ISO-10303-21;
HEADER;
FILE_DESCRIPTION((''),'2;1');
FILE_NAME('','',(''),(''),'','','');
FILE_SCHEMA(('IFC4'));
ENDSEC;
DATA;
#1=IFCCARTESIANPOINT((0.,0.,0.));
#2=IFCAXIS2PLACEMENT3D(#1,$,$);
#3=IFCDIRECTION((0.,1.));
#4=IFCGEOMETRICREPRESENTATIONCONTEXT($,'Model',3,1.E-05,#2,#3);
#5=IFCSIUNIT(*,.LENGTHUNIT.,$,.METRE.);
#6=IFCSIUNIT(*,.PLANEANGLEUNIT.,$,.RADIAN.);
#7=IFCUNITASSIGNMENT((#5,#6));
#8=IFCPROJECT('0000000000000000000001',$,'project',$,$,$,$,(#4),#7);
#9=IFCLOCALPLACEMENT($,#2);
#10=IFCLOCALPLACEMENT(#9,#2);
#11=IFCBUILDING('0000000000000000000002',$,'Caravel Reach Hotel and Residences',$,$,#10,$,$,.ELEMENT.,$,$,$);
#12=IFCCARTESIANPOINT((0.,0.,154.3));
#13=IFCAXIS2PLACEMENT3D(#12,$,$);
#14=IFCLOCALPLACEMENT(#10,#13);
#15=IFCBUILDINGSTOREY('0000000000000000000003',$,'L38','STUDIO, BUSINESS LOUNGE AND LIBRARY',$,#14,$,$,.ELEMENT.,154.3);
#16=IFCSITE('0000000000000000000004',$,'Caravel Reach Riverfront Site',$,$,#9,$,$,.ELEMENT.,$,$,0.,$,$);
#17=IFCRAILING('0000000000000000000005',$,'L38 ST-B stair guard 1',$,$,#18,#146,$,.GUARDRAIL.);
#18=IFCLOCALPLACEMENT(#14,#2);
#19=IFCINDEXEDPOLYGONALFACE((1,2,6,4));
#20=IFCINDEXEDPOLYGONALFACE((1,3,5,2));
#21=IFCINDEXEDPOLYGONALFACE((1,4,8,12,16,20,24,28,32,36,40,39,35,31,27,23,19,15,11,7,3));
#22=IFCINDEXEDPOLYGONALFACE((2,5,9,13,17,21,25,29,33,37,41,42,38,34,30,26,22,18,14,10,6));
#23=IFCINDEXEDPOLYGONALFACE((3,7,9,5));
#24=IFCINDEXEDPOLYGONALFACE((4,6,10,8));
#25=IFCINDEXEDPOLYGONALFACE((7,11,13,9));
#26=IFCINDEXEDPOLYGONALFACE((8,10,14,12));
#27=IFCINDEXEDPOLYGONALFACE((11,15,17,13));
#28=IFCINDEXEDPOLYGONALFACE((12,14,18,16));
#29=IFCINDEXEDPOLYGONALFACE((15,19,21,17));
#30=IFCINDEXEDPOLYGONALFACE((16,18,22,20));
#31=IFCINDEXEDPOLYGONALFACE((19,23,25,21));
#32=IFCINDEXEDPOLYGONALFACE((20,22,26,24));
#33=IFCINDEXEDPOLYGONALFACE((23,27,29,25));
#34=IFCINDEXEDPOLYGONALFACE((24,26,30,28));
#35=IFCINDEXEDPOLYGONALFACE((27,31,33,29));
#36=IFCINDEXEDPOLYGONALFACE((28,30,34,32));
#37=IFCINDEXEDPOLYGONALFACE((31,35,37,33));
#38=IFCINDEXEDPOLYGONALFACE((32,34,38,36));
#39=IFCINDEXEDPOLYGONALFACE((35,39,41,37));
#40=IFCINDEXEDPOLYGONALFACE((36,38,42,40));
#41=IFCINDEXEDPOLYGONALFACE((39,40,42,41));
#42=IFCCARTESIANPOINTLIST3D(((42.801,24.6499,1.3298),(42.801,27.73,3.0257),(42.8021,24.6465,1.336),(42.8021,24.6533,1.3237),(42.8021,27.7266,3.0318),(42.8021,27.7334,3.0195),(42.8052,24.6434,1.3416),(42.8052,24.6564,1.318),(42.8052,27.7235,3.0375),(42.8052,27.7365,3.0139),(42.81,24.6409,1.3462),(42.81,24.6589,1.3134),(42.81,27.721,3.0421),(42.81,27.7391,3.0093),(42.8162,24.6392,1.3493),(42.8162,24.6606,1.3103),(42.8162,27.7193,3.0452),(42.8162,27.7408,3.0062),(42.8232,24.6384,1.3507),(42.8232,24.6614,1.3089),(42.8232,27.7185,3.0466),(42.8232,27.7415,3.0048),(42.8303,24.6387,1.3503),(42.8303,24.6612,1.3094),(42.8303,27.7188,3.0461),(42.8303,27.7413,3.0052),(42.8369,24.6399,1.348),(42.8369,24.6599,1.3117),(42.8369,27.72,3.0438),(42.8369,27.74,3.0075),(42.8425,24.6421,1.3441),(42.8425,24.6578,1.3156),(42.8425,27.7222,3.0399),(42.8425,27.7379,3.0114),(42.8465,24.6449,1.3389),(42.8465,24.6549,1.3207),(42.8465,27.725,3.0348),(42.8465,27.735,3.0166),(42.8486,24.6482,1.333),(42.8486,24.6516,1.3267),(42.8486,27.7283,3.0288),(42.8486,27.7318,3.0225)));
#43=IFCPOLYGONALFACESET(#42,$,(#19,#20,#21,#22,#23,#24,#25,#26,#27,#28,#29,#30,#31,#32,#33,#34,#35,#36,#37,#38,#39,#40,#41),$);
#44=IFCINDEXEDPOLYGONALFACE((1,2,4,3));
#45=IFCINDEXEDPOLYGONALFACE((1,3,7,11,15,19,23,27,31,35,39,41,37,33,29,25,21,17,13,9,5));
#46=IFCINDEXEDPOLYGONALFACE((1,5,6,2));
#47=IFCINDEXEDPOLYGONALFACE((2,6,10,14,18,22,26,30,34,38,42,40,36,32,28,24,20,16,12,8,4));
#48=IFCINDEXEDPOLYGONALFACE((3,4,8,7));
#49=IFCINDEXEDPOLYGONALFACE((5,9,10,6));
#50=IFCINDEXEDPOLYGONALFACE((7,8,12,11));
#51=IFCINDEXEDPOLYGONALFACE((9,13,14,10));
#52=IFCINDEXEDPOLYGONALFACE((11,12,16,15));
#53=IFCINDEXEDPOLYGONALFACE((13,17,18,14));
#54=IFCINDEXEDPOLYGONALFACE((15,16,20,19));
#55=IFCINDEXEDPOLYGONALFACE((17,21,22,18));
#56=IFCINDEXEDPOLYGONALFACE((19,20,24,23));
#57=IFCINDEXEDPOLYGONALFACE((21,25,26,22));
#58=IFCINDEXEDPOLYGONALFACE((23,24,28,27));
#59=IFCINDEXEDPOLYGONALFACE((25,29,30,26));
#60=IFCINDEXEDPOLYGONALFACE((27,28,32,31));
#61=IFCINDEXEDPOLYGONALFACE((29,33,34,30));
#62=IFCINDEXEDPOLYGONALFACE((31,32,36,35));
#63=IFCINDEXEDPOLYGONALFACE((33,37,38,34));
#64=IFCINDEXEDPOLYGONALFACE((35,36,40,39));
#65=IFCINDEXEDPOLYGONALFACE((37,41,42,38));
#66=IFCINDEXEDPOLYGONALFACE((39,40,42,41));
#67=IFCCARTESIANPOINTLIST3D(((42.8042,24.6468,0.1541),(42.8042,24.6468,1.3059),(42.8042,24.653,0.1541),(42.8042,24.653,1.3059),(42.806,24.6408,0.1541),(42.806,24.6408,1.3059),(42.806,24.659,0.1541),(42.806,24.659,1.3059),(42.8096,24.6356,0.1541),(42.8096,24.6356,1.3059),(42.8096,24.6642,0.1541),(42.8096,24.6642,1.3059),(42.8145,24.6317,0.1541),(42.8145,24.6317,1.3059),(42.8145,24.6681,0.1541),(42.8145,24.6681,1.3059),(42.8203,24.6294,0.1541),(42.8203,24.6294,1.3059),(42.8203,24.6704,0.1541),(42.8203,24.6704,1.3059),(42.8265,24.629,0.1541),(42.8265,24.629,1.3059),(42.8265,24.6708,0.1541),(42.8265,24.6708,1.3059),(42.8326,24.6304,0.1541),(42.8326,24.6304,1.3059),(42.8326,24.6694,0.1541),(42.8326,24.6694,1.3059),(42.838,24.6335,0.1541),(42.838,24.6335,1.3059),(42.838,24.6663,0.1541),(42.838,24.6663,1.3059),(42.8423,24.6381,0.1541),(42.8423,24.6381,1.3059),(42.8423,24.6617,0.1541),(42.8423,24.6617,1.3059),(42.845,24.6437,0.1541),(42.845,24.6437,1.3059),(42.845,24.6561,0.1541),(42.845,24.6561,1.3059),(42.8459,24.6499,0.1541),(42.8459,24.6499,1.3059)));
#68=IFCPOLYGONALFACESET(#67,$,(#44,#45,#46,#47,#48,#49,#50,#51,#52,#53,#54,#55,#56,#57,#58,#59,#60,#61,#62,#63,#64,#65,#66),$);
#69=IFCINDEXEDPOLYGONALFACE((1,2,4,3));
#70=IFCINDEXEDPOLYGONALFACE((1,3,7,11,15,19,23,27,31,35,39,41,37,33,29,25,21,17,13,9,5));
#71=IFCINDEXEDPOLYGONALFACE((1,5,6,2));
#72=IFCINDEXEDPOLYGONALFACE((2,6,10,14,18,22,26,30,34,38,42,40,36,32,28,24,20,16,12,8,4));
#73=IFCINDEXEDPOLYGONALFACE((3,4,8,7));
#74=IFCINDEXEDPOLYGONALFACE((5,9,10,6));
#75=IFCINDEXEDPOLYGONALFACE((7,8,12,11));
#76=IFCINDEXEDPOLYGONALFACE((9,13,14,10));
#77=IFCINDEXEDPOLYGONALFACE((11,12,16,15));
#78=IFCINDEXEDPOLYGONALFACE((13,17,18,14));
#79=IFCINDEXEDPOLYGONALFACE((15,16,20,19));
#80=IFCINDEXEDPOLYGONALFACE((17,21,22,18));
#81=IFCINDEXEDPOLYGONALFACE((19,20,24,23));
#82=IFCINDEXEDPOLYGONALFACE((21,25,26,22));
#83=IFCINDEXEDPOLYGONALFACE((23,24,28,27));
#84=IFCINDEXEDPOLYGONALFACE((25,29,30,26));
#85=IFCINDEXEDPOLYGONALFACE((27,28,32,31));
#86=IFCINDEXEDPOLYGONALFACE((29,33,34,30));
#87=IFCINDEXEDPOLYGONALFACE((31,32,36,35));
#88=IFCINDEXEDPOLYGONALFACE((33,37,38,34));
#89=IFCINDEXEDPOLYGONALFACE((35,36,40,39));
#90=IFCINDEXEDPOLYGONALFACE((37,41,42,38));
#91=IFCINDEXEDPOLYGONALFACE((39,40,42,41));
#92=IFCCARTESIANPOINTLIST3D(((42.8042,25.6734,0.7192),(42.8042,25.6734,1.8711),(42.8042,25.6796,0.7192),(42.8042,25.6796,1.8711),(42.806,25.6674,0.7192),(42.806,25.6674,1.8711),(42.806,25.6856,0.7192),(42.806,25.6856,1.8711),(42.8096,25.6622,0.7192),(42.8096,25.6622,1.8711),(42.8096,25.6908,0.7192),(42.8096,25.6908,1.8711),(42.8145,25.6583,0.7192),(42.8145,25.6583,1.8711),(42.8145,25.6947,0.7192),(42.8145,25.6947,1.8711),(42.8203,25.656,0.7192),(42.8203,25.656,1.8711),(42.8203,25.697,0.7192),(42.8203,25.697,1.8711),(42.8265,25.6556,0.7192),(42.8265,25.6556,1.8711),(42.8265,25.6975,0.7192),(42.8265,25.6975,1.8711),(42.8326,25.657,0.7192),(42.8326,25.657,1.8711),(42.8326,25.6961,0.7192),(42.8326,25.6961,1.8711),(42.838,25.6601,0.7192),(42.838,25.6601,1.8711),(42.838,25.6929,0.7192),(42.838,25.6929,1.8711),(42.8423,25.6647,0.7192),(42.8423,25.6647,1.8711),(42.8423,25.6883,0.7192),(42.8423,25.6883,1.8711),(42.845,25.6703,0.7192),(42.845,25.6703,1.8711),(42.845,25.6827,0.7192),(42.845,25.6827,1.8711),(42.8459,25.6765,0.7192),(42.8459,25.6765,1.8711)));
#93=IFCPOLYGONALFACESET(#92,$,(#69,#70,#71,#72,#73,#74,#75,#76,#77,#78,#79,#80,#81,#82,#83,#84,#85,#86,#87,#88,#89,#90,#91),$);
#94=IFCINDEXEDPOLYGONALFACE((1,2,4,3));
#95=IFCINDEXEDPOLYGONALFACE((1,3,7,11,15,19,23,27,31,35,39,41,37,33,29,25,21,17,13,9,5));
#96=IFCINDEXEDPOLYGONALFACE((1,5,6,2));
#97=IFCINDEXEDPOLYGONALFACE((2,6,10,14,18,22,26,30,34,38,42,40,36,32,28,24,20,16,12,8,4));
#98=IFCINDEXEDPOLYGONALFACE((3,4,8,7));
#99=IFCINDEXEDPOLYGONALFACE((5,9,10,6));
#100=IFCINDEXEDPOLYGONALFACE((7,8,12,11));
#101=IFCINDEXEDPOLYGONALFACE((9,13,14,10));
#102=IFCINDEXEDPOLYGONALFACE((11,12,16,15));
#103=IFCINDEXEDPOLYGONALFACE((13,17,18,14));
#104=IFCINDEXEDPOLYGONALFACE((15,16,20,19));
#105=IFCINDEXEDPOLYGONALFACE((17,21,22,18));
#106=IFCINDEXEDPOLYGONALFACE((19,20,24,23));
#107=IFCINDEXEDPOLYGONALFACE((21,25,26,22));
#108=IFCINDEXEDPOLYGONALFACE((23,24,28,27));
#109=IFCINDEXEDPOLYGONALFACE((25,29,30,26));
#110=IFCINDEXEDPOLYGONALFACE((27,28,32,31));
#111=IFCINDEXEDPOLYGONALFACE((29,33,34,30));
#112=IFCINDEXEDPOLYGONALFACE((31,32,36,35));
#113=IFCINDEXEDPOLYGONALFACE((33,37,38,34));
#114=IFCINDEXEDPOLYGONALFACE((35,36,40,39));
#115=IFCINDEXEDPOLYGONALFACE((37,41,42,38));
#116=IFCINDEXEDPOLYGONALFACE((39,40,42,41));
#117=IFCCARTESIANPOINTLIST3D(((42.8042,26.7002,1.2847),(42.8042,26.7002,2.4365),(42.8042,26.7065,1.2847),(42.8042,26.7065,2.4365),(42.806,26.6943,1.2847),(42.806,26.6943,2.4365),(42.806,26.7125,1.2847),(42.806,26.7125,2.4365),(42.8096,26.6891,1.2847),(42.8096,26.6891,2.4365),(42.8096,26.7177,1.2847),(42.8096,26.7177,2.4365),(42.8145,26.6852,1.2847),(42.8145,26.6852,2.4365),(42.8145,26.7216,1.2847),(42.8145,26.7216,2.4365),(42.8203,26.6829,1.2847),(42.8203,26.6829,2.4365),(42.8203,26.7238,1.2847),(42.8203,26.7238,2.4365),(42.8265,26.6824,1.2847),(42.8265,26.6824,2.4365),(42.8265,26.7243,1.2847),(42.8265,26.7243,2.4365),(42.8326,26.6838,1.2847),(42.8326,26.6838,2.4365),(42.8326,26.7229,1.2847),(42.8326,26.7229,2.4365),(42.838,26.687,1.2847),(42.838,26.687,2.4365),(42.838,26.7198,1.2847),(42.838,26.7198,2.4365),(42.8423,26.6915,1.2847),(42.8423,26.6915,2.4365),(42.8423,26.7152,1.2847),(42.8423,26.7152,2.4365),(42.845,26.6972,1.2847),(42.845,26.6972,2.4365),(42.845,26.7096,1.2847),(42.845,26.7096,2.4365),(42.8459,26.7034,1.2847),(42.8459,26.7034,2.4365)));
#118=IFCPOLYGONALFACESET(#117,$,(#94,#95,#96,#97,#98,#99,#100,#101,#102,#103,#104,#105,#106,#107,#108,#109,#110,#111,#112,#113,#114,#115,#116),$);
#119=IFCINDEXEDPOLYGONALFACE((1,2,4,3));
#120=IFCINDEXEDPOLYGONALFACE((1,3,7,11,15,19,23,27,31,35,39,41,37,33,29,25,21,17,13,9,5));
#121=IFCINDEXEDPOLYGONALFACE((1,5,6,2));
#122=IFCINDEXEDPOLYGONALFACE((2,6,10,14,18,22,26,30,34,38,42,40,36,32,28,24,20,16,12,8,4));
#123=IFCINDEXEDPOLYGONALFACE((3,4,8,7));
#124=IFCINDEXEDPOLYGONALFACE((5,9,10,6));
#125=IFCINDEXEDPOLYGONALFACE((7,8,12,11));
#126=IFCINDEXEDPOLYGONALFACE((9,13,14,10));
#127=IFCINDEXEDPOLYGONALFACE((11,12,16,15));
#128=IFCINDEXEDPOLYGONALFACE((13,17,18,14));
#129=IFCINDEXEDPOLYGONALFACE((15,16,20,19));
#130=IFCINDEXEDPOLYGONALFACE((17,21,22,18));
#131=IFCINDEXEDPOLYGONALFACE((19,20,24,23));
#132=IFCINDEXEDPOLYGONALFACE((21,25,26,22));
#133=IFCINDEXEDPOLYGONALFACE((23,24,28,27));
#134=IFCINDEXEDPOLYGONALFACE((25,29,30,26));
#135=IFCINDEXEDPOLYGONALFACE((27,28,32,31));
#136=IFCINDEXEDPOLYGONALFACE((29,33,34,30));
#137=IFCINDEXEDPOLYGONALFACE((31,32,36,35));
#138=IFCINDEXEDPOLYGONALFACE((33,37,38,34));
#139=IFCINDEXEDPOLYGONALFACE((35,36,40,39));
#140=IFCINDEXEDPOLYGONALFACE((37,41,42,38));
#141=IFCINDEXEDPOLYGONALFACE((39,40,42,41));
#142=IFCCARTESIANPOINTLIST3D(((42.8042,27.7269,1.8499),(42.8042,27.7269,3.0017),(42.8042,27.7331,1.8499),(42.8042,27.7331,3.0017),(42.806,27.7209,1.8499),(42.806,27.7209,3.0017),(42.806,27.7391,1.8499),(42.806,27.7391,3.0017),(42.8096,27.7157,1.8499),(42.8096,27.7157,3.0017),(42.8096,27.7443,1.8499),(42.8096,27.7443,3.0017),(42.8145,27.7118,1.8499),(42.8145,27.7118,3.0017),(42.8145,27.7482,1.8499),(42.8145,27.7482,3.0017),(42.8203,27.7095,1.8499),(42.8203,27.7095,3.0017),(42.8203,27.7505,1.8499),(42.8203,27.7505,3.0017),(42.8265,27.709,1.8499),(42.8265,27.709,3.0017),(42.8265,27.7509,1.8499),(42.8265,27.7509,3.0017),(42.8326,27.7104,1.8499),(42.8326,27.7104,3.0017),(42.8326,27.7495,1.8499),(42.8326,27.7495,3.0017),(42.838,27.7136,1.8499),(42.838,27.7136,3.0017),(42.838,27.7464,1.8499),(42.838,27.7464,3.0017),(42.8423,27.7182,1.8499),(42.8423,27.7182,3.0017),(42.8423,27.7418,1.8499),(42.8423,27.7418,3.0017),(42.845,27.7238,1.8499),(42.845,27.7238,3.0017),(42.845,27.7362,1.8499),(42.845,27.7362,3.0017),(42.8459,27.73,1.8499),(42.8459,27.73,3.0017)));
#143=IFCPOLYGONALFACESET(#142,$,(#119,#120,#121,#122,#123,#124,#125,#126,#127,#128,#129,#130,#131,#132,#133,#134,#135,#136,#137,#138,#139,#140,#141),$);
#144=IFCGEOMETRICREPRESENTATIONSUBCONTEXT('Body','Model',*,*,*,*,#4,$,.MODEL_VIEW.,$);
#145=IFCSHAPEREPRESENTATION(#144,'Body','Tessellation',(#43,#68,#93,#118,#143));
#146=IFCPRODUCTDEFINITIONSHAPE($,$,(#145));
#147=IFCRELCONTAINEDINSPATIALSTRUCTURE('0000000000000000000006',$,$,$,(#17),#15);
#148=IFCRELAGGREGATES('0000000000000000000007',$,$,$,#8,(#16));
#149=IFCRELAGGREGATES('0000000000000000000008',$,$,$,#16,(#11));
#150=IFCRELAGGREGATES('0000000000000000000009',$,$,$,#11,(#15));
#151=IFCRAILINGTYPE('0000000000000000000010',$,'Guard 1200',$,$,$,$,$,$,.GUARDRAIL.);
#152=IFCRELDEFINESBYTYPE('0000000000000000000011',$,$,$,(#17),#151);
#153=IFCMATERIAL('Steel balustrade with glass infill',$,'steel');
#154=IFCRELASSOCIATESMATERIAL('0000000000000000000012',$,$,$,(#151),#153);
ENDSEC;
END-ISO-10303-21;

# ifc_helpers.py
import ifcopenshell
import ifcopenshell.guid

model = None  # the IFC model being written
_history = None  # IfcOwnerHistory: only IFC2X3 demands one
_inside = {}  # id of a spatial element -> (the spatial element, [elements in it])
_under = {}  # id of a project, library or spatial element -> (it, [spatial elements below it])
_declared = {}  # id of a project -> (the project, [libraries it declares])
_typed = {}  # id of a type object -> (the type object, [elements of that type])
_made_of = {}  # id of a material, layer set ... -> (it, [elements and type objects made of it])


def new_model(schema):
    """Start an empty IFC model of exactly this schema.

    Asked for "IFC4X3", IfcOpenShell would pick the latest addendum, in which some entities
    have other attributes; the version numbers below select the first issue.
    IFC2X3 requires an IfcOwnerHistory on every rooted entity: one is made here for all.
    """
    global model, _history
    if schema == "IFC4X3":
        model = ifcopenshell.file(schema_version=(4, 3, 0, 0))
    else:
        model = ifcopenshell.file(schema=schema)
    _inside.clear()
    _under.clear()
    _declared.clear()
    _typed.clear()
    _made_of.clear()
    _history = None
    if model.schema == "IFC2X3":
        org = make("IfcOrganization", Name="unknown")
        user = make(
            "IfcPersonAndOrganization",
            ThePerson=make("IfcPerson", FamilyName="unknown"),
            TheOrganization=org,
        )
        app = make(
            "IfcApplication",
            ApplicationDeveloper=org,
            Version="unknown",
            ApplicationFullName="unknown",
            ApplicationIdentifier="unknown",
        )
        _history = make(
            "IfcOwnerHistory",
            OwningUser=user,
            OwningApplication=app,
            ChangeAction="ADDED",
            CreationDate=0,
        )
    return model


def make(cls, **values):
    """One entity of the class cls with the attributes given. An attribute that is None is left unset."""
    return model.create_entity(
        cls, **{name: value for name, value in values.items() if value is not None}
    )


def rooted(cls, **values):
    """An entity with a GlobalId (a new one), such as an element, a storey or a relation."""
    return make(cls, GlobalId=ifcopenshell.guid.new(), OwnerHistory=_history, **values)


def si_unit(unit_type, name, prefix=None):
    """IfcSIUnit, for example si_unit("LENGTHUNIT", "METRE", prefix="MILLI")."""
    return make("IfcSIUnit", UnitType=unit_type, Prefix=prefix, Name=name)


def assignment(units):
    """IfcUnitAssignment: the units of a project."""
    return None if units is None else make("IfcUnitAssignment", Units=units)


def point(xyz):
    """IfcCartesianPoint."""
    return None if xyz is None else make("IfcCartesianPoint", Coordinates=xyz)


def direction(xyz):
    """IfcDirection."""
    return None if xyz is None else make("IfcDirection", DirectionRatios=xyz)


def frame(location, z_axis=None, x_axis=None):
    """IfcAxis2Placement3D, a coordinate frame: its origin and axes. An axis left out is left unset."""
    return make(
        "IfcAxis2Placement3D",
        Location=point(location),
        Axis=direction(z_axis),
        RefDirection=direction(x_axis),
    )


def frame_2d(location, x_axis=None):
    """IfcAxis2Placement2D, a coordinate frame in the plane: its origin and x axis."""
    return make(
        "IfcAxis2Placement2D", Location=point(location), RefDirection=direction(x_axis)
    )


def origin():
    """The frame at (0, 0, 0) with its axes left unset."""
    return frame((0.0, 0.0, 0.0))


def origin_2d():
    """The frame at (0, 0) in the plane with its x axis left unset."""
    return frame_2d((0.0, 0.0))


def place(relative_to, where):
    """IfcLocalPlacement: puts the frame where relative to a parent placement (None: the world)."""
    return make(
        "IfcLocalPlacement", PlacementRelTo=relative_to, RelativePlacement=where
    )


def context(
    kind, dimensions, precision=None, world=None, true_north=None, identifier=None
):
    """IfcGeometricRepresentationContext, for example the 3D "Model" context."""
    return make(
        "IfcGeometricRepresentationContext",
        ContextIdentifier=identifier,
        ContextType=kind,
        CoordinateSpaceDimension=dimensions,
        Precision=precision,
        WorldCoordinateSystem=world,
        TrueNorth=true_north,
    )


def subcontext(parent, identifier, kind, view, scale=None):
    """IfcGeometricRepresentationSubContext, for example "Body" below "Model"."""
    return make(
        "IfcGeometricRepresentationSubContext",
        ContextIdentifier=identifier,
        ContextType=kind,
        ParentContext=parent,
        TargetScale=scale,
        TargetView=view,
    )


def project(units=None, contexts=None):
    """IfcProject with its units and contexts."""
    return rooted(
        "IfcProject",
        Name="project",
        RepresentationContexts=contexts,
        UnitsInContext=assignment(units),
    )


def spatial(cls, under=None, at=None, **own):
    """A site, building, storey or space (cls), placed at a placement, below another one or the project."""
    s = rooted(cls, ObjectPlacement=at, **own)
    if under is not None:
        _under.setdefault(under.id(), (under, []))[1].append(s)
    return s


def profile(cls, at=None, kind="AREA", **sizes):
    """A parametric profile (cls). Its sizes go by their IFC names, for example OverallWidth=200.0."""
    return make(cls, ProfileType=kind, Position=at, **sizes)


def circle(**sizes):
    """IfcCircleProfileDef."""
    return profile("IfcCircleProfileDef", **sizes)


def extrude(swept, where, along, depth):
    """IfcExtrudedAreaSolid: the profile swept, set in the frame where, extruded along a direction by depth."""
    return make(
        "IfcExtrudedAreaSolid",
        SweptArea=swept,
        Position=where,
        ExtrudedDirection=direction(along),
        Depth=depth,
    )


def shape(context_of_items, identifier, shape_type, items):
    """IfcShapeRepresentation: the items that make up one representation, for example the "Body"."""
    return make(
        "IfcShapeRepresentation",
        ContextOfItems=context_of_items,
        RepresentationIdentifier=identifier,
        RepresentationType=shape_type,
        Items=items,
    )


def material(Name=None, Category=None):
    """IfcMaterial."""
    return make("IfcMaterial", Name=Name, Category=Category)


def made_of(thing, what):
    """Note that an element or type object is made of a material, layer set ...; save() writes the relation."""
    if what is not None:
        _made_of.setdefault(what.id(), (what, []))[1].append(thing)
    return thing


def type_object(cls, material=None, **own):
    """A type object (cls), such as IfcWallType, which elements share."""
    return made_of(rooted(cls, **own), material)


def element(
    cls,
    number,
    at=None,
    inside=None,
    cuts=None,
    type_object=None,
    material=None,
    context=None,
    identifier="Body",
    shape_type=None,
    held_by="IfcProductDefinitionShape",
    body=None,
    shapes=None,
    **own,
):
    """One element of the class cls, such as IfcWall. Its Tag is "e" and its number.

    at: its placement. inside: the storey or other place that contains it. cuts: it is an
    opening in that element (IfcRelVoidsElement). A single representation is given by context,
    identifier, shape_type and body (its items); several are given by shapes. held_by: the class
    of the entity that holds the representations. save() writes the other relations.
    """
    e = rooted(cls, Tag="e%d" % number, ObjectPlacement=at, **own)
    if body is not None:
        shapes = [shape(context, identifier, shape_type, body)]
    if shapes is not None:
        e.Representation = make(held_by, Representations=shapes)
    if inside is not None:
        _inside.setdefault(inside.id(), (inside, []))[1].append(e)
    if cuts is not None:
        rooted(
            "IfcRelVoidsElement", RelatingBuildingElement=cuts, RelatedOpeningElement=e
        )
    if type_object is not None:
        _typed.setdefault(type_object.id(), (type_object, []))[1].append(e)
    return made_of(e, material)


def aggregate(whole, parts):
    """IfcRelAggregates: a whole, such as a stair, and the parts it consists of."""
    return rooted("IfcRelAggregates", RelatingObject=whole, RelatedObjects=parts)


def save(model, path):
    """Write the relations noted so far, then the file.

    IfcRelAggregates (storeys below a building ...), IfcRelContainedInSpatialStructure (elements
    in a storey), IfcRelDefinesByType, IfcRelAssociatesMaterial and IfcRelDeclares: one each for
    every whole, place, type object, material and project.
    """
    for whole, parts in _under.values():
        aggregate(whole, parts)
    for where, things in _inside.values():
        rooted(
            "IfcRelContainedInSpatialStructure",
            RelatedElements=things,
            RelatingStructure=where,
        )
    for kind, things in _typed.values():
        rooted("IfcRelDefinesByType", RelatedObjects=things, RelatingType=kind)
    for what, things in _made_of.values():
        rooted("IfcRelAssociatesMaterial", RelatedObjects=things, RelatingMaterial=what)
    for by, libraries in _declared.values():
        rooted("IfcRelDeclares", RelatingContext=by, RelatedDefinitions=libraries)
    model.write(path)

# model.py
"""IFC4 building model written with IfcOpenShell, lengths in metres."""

from ifc_helpers import new_model, si_unit, direction, frame, origin, origin_2d, place, context, subcontext, project, spatial, circle, extrude, material, type_object, element, save


model = new_model("IFC4")

# Units and contexts
model_context = context("Model", 3, precision=1e-05, world=origin(), true_north=direction((0.0, 1.0)))
body_context = subcontext(model_context, "Body", "Model", "MODEL_VIEW")
ifc_project = project(units=[si_unit("LENGTHUNIT", "METRE"), si_unit("PLANEANGLEUNIT", "RADIAN")], contexts=[model_context])

# Site, building, storey
site_placement = place(None, origin())
site = spatial("IfcSite", under=ifc_project, at=site_placement, Name="Caravel Reach Riverfront Site", CompositionType="ELEMENT", RefElevation=0.0)
building_placement = place(site_placement, origin())
building = spatial("IfcBuilding", under=site, at=building_placement, Name="Caravel Reach Hotel and Residences", CompositionType="ELEMENT")
storey_placement = place(building_placement, frame((0.0, 0.0, 154.3)))
storey = spatial("IfcBuildingStorey", under=building, at=storey_placement, Name="L38", Description="STUDIO, BUSINESS LOUNGE AND LIBRARY", CompositionType="ELEMENT", Elevation=154.3)

# Railing
ifc_material_1 = material(Name="Steel balustrade with glass infill", Category="steel")
railing_type_1 = type_object("IfcRailingType", Name="Guard 1200", PredefinedType="GUARDRAIL", material=ifc_material_1)
railing_1_placement = place(storey_placement, frame((42.825, 24.6499, 0.1541)))
element("IfcRailing", 1, at=railing_1_placement, inside=storey, type_object=railing_type_1, Name="L38 ST-B stair guard 1", PredefinedType="GUARDRAIL", context=body_context, shape_type="SweptSolid", body=[
    extrude(circle(Radius=0.0239, at=origin_2d()), frame((0.0, 0.0, 1.1758), z_axis=(0.0, 0.876005, 0.482303), x_axis=(-1.0, 0.0, 0.0)), (0.0, 0.0, 1.0), 3.5161),
    extrude(circle(Radius=0.021, at=origin_2d()), origin(), (0.0, 0.0, 1.0), 1.1519),
    extrude(circle(Radius=0.021, at=origin_2d()), frame((0.0, 1.0266, 0.5652)), (0.0, 0.0, 1.0), 1.1519),
    extrude(circle(Radius=0.021, at=origin_2d()), frame((0.0, 2.0535, 1.1306)), (0.0, 0.0, 1.0), 1.1519),
    extrude(circle(Radius=0.021, at=origin_2d()), frame((0.0, 3.0801, 1.6958)), (0.0, 0.0, 1.0), 1.1519),
])

save(model, "model.ifc")
